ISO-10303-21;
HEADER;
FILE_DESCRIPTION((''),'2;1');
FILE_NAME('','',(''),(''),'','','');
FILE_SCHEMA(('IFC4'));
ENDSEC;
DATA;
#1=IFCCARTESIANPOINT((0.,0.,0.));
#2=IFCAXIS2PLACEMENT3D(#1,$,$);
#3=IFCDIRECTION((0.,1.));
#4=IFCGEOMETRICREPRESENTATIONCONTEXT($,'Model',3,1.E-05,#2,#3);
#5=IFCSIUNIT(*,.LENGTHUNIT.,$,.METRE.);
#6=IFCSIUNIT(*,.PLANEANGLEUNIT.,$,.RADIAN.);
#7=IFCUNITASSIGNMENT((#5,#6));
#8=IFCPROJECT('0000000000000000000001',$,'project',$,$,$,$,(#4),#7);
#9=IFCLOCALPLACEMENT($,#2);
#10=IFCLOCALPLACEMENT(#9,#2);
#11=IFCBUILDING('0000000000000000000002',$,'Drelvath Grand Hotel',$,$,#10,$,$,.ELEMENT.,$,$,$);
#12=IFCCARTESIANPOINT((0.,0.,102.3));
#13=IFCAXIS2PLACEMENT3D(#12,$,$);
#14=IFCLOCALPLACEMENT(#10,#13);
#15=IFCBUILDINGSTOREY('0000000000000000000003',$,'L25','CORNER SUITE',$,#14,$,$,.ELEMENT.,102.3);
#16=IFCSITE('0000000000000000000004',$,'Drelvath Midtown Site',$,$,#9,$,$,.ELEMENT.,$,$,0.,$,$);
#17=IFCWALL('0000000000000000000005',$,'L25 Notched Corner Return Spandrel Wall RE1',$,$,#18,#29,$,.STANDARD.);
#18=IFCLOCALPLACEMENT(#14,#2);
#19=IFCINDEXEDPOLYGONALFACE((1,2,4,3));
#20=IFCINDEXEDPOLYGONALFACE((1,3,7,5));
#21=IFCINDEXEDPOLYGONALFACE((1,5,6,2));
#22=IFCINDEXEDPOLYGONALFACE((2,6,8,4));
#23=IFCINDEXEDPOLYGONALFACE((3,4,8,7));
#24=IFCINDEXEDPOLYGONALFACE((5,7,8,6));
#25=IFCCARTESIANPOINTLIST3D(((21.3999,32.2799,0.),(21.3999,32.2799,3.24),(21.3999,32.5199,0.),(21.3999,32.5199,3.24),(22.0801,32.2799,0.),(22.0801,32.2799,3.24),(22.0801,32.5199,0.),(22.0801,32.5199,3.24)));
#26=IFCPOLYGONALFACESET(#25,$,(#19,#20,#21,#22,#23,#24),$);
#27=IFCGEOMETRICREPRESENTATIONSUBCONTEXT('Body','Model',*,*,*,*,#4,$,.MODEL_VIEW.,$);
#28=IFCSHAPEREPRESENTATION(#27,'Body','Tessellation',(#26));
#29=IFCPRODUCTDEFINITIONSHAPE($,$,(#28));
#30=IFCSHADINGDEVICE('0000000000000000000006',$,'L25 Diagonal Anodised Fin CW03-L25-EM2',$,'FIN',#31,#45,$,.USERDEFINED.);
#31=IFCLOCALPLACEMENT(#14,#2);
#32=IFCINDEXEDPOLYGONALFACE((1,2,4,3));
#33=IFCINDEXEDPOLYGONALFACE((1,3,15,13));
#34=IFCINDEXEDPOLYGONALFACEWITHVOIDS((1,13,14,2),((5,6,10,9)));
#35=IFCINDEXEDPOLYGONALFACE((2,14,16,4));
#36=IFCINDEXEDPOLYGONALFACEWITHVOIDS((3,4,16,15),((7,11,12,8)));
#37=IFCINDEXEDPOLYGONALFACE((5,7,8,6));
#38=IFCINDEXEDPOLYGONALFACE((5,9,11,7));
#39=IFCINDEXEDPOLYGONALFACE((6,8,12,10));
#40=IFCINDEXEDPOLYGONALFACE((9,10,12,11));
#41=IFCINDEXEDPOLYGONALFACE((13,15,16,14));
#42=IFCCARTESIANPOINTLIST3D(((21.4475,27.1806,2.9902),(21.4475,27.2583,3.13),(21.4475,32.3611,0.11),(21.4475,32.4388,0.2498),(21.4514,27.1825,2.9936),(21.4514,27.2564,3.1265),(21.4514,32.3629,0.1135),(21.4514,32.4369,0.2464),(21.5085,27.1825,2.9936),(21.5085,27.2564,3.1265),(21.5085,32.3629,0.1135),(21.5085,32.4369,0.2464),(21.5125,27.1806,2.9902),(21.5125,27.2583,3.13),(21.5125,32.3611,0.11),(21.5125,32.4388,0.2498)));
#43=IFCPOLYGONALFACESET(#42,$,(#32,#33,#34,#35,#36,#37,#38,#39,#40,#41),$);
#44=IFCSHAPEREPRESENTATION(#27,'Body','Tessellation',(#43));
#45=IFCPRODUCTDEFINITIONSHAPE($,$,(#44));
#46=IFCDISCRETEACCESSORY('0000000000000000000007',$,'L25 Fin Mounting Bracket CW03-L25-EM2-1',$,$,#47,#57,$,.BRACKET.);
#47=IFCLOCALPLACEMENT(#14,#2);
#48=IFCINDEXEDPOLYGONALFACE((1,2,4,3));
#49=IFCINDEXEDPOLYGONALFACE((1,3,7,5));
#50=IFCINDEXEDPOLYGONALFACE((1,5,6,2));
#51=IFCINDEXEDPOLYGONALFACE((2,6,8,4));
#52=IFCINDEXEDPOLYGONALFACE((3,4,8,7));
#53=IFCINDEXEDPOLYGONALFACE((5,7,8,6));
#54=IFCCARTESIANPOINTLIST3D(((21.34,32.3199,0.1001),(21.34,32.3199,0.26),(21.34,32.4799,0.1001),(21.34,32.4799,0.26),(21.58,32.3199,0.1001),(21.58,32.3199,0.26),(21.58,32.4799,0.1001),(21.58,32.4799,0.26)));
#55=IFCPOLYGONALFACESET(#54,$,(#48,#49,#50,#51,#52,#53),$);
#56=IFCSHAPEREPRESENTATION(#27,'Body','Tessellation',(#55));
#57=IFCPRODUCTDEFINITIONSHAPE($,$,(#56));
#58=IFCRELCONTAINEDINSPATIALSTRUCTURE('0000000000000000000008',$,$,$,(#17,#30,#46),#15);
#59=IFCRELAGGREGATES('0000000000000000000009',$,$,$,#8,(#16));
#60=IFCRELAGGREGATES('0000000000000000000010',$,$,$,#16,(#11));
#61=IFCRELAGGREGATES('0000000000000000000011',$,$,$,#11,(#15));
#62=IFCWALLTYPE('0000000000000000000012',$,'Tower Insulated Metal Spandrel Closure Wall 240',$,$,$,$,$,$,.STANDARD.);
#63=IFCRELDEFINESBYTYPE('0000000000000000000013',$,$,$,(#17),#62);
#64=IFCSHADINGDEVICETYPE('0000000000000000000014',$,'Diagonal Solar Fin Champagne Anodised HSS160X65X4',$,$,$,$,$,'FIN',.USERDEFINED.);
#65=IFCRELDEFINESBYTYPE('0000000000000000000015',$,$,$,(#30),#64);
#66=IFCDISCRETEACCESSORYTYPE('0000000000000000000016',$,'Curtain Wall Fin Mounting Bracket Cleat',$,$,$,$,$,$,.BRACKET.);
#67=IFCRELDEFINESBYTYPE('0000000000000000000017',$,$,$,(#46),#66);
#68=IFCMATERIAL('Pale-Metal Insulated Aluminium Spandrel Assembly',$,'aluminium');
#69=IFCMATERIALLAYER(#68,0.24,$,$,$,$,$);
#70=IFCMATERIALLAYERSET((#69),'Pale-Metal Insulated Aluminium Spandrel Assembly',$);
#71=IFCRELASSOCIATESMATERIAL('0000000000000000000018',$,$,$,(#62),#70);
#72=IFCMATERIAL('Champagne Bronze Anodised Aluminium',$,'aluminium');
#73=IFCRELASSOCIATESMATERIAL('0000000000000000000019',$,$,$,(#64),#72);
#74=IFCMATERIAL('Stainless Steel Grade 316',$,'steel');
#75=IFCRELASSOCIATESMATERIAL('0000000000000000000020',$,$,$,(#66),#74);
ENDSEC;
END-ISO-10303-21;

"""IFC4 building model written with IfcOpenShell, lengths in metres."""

from ifc_helpers import new_model, si_unit, direction, frame, frame_2d, origin, origin_2d, place, context, subcontext, project, spatial, rectangle, hollow_rectangle, extrude, material, layer, layer_set, material_profile, profile_set, type_object, element, save


model = new_model("IFC4")

# Units and contexts
model_context = context("Model", 3, precision=1e-05, world=origin(), true_north=direction((0.0, 1.0)))
body_context = subcontext(model_context, "Body", "Model", "MODEL_VIEW")
ifc_project = project(units=[si_unit("LENGTHUNIT", "METRE"), si_unit("PLANEANGLEUNIT", "RADIAN")], contexts=[model_context])

# Site, building, storey
site_placement = place(None, origin())
site = spatial("IfcSite", under=ifc_project, at=site_placement, Name="Drelvath Midtown Site", CompositionType="ELEMENT", RefElevation=0.0)
building_placement = place(site_placement, origin())
building = spatial("IfcBuilding", under=site, at=building_placement, Name="Drelvath Grand Hotel", CompositionType="ELEMENT")
storey_placement = place(building_placement, frame((0.0, 0.0, 102.3)))
storey = spatial("IfcBuildingStorey", under=building, at=storey_placement, Name="L25", Description="CORNER SUITE", CompositionType="ELEMENT", Elevation=102.3)

# Wall
ifc_material_1 = material(Name="Pale-Metal Insulated Aluminium Spandrel Assembly", Category="aluminium")
ifc_layer_1 = layer(ifc_material_1, 0.24)
ifc_layer_set_1 = layer_set([ifc_layer_1], Name="Pale-Metal Insulated Aluminium Spandrel Assembly")
wall_type_1 = type_object("IfcWallType", Name="Tower Insulated Metal Spandrel Closure Wall 240", PredefinedType="STANDARD", material=ifc_layer_set_1)
wall_1_placement = place(storey_placement, frame((22.0801, 32.3999, 0.0), z_axis=(0.0, 0.0, 1.0), x_axis=(-1.0, 0.0, 0.0)))
element("IfcWall", 1, at=wall_1_placement, inside=storey, type_object=wall_type_1, Name="L25 Notched Corner Return Spandrel Wall RE1", PredefinedType="STANDARD", context=body_context, shape_type="SweptSolid", body=[
    extrude(rectangle(XDim=0.6802, YDim=0.24, at=frame_2d((0.3401, 0.0))), origin(), (0.0, 0.0, 1.0), 3.24),
])

# Shading device
ifc_material_2 = material(Name="Champagne Bronze Anodised Aluminium", Category="aluminium")
ifc_material_profile_1 = material_profile(ifc_material_2, hollow_rectangle(XDim=0.0649, YDim=0.1599, WallThickness=0.0039, at=origin_2d()), Name="HSS160X65X4")
ifc_profile_set_1 = profile_set([ifc_material_profile_1], Name="Champagne Bronze Anodised Aluminium")
shading_device_type = type_object("IfcShadingDeviceType", Name="Diagonal Solar Fin Champagne Anodised HSS160X65X4", ElementType="FIN", PredefinedType="USERDEFINED", material=ifc_profile_set_1)
shading_device_placement = place(storey_placement, frame((21.48, 32.3999, 0.1799), z_axis=(0.0, -0.874006, 0.485916), x_axis=(1.0, 0.0, 0.0)))
element("IfcShadingDevice", 2, at=shading_device_placement, inside=storey, type_object=shading_device_type, Name="L25 Diagonal Anodised Fin CW03-L25-EM2", ObjectType="FIN", PredefinedType="USERDEFINED", context=body_context, shape_type="SweptSolid", body=[
    extrude(hollow_rectangle(XDim=0.0649, YDim=0.1599, WallThickness=0.0039, at=origin_2d()), origin(), (0.0, 0.0, 1.0), 5.9272),
])

# Discrete accessory
ifc_material_3 = material(Name="Stainless Steel Grade 316", Category="steel")
discrete_accessory_type = type_object("IfcDiscreteAccessoryType", Name="Curtain Wall Fin Mounting Bracket Cleat", PredefinedType="BRACKET", material=ifc_material_3)
discrete_accessory_placement = place(storey_placement, frame((21.46, 32.3999, 0.1001), z_axis=(0.0, 0.0, 1.0), x_axis=(0.0, -1.0, 0.0)))
element("IfcDiscreteAccessory", 3, at=discrete_accessory_placement, inside=storey, type_object=discrete_accessory_type, Name="L25 Fin Mounting Bracket CW03-L25-EM2-1", PredefinedType="BRACKET", context=body_context, shape_type="SweptSolid", body=[
    extrude(rectangle(XDim=0.1599, YDim=0.24, at=origin_2d()), origin(), (0.0, 0.0, 1.0), 0.1599),
])

save(model, "model.ifc")
